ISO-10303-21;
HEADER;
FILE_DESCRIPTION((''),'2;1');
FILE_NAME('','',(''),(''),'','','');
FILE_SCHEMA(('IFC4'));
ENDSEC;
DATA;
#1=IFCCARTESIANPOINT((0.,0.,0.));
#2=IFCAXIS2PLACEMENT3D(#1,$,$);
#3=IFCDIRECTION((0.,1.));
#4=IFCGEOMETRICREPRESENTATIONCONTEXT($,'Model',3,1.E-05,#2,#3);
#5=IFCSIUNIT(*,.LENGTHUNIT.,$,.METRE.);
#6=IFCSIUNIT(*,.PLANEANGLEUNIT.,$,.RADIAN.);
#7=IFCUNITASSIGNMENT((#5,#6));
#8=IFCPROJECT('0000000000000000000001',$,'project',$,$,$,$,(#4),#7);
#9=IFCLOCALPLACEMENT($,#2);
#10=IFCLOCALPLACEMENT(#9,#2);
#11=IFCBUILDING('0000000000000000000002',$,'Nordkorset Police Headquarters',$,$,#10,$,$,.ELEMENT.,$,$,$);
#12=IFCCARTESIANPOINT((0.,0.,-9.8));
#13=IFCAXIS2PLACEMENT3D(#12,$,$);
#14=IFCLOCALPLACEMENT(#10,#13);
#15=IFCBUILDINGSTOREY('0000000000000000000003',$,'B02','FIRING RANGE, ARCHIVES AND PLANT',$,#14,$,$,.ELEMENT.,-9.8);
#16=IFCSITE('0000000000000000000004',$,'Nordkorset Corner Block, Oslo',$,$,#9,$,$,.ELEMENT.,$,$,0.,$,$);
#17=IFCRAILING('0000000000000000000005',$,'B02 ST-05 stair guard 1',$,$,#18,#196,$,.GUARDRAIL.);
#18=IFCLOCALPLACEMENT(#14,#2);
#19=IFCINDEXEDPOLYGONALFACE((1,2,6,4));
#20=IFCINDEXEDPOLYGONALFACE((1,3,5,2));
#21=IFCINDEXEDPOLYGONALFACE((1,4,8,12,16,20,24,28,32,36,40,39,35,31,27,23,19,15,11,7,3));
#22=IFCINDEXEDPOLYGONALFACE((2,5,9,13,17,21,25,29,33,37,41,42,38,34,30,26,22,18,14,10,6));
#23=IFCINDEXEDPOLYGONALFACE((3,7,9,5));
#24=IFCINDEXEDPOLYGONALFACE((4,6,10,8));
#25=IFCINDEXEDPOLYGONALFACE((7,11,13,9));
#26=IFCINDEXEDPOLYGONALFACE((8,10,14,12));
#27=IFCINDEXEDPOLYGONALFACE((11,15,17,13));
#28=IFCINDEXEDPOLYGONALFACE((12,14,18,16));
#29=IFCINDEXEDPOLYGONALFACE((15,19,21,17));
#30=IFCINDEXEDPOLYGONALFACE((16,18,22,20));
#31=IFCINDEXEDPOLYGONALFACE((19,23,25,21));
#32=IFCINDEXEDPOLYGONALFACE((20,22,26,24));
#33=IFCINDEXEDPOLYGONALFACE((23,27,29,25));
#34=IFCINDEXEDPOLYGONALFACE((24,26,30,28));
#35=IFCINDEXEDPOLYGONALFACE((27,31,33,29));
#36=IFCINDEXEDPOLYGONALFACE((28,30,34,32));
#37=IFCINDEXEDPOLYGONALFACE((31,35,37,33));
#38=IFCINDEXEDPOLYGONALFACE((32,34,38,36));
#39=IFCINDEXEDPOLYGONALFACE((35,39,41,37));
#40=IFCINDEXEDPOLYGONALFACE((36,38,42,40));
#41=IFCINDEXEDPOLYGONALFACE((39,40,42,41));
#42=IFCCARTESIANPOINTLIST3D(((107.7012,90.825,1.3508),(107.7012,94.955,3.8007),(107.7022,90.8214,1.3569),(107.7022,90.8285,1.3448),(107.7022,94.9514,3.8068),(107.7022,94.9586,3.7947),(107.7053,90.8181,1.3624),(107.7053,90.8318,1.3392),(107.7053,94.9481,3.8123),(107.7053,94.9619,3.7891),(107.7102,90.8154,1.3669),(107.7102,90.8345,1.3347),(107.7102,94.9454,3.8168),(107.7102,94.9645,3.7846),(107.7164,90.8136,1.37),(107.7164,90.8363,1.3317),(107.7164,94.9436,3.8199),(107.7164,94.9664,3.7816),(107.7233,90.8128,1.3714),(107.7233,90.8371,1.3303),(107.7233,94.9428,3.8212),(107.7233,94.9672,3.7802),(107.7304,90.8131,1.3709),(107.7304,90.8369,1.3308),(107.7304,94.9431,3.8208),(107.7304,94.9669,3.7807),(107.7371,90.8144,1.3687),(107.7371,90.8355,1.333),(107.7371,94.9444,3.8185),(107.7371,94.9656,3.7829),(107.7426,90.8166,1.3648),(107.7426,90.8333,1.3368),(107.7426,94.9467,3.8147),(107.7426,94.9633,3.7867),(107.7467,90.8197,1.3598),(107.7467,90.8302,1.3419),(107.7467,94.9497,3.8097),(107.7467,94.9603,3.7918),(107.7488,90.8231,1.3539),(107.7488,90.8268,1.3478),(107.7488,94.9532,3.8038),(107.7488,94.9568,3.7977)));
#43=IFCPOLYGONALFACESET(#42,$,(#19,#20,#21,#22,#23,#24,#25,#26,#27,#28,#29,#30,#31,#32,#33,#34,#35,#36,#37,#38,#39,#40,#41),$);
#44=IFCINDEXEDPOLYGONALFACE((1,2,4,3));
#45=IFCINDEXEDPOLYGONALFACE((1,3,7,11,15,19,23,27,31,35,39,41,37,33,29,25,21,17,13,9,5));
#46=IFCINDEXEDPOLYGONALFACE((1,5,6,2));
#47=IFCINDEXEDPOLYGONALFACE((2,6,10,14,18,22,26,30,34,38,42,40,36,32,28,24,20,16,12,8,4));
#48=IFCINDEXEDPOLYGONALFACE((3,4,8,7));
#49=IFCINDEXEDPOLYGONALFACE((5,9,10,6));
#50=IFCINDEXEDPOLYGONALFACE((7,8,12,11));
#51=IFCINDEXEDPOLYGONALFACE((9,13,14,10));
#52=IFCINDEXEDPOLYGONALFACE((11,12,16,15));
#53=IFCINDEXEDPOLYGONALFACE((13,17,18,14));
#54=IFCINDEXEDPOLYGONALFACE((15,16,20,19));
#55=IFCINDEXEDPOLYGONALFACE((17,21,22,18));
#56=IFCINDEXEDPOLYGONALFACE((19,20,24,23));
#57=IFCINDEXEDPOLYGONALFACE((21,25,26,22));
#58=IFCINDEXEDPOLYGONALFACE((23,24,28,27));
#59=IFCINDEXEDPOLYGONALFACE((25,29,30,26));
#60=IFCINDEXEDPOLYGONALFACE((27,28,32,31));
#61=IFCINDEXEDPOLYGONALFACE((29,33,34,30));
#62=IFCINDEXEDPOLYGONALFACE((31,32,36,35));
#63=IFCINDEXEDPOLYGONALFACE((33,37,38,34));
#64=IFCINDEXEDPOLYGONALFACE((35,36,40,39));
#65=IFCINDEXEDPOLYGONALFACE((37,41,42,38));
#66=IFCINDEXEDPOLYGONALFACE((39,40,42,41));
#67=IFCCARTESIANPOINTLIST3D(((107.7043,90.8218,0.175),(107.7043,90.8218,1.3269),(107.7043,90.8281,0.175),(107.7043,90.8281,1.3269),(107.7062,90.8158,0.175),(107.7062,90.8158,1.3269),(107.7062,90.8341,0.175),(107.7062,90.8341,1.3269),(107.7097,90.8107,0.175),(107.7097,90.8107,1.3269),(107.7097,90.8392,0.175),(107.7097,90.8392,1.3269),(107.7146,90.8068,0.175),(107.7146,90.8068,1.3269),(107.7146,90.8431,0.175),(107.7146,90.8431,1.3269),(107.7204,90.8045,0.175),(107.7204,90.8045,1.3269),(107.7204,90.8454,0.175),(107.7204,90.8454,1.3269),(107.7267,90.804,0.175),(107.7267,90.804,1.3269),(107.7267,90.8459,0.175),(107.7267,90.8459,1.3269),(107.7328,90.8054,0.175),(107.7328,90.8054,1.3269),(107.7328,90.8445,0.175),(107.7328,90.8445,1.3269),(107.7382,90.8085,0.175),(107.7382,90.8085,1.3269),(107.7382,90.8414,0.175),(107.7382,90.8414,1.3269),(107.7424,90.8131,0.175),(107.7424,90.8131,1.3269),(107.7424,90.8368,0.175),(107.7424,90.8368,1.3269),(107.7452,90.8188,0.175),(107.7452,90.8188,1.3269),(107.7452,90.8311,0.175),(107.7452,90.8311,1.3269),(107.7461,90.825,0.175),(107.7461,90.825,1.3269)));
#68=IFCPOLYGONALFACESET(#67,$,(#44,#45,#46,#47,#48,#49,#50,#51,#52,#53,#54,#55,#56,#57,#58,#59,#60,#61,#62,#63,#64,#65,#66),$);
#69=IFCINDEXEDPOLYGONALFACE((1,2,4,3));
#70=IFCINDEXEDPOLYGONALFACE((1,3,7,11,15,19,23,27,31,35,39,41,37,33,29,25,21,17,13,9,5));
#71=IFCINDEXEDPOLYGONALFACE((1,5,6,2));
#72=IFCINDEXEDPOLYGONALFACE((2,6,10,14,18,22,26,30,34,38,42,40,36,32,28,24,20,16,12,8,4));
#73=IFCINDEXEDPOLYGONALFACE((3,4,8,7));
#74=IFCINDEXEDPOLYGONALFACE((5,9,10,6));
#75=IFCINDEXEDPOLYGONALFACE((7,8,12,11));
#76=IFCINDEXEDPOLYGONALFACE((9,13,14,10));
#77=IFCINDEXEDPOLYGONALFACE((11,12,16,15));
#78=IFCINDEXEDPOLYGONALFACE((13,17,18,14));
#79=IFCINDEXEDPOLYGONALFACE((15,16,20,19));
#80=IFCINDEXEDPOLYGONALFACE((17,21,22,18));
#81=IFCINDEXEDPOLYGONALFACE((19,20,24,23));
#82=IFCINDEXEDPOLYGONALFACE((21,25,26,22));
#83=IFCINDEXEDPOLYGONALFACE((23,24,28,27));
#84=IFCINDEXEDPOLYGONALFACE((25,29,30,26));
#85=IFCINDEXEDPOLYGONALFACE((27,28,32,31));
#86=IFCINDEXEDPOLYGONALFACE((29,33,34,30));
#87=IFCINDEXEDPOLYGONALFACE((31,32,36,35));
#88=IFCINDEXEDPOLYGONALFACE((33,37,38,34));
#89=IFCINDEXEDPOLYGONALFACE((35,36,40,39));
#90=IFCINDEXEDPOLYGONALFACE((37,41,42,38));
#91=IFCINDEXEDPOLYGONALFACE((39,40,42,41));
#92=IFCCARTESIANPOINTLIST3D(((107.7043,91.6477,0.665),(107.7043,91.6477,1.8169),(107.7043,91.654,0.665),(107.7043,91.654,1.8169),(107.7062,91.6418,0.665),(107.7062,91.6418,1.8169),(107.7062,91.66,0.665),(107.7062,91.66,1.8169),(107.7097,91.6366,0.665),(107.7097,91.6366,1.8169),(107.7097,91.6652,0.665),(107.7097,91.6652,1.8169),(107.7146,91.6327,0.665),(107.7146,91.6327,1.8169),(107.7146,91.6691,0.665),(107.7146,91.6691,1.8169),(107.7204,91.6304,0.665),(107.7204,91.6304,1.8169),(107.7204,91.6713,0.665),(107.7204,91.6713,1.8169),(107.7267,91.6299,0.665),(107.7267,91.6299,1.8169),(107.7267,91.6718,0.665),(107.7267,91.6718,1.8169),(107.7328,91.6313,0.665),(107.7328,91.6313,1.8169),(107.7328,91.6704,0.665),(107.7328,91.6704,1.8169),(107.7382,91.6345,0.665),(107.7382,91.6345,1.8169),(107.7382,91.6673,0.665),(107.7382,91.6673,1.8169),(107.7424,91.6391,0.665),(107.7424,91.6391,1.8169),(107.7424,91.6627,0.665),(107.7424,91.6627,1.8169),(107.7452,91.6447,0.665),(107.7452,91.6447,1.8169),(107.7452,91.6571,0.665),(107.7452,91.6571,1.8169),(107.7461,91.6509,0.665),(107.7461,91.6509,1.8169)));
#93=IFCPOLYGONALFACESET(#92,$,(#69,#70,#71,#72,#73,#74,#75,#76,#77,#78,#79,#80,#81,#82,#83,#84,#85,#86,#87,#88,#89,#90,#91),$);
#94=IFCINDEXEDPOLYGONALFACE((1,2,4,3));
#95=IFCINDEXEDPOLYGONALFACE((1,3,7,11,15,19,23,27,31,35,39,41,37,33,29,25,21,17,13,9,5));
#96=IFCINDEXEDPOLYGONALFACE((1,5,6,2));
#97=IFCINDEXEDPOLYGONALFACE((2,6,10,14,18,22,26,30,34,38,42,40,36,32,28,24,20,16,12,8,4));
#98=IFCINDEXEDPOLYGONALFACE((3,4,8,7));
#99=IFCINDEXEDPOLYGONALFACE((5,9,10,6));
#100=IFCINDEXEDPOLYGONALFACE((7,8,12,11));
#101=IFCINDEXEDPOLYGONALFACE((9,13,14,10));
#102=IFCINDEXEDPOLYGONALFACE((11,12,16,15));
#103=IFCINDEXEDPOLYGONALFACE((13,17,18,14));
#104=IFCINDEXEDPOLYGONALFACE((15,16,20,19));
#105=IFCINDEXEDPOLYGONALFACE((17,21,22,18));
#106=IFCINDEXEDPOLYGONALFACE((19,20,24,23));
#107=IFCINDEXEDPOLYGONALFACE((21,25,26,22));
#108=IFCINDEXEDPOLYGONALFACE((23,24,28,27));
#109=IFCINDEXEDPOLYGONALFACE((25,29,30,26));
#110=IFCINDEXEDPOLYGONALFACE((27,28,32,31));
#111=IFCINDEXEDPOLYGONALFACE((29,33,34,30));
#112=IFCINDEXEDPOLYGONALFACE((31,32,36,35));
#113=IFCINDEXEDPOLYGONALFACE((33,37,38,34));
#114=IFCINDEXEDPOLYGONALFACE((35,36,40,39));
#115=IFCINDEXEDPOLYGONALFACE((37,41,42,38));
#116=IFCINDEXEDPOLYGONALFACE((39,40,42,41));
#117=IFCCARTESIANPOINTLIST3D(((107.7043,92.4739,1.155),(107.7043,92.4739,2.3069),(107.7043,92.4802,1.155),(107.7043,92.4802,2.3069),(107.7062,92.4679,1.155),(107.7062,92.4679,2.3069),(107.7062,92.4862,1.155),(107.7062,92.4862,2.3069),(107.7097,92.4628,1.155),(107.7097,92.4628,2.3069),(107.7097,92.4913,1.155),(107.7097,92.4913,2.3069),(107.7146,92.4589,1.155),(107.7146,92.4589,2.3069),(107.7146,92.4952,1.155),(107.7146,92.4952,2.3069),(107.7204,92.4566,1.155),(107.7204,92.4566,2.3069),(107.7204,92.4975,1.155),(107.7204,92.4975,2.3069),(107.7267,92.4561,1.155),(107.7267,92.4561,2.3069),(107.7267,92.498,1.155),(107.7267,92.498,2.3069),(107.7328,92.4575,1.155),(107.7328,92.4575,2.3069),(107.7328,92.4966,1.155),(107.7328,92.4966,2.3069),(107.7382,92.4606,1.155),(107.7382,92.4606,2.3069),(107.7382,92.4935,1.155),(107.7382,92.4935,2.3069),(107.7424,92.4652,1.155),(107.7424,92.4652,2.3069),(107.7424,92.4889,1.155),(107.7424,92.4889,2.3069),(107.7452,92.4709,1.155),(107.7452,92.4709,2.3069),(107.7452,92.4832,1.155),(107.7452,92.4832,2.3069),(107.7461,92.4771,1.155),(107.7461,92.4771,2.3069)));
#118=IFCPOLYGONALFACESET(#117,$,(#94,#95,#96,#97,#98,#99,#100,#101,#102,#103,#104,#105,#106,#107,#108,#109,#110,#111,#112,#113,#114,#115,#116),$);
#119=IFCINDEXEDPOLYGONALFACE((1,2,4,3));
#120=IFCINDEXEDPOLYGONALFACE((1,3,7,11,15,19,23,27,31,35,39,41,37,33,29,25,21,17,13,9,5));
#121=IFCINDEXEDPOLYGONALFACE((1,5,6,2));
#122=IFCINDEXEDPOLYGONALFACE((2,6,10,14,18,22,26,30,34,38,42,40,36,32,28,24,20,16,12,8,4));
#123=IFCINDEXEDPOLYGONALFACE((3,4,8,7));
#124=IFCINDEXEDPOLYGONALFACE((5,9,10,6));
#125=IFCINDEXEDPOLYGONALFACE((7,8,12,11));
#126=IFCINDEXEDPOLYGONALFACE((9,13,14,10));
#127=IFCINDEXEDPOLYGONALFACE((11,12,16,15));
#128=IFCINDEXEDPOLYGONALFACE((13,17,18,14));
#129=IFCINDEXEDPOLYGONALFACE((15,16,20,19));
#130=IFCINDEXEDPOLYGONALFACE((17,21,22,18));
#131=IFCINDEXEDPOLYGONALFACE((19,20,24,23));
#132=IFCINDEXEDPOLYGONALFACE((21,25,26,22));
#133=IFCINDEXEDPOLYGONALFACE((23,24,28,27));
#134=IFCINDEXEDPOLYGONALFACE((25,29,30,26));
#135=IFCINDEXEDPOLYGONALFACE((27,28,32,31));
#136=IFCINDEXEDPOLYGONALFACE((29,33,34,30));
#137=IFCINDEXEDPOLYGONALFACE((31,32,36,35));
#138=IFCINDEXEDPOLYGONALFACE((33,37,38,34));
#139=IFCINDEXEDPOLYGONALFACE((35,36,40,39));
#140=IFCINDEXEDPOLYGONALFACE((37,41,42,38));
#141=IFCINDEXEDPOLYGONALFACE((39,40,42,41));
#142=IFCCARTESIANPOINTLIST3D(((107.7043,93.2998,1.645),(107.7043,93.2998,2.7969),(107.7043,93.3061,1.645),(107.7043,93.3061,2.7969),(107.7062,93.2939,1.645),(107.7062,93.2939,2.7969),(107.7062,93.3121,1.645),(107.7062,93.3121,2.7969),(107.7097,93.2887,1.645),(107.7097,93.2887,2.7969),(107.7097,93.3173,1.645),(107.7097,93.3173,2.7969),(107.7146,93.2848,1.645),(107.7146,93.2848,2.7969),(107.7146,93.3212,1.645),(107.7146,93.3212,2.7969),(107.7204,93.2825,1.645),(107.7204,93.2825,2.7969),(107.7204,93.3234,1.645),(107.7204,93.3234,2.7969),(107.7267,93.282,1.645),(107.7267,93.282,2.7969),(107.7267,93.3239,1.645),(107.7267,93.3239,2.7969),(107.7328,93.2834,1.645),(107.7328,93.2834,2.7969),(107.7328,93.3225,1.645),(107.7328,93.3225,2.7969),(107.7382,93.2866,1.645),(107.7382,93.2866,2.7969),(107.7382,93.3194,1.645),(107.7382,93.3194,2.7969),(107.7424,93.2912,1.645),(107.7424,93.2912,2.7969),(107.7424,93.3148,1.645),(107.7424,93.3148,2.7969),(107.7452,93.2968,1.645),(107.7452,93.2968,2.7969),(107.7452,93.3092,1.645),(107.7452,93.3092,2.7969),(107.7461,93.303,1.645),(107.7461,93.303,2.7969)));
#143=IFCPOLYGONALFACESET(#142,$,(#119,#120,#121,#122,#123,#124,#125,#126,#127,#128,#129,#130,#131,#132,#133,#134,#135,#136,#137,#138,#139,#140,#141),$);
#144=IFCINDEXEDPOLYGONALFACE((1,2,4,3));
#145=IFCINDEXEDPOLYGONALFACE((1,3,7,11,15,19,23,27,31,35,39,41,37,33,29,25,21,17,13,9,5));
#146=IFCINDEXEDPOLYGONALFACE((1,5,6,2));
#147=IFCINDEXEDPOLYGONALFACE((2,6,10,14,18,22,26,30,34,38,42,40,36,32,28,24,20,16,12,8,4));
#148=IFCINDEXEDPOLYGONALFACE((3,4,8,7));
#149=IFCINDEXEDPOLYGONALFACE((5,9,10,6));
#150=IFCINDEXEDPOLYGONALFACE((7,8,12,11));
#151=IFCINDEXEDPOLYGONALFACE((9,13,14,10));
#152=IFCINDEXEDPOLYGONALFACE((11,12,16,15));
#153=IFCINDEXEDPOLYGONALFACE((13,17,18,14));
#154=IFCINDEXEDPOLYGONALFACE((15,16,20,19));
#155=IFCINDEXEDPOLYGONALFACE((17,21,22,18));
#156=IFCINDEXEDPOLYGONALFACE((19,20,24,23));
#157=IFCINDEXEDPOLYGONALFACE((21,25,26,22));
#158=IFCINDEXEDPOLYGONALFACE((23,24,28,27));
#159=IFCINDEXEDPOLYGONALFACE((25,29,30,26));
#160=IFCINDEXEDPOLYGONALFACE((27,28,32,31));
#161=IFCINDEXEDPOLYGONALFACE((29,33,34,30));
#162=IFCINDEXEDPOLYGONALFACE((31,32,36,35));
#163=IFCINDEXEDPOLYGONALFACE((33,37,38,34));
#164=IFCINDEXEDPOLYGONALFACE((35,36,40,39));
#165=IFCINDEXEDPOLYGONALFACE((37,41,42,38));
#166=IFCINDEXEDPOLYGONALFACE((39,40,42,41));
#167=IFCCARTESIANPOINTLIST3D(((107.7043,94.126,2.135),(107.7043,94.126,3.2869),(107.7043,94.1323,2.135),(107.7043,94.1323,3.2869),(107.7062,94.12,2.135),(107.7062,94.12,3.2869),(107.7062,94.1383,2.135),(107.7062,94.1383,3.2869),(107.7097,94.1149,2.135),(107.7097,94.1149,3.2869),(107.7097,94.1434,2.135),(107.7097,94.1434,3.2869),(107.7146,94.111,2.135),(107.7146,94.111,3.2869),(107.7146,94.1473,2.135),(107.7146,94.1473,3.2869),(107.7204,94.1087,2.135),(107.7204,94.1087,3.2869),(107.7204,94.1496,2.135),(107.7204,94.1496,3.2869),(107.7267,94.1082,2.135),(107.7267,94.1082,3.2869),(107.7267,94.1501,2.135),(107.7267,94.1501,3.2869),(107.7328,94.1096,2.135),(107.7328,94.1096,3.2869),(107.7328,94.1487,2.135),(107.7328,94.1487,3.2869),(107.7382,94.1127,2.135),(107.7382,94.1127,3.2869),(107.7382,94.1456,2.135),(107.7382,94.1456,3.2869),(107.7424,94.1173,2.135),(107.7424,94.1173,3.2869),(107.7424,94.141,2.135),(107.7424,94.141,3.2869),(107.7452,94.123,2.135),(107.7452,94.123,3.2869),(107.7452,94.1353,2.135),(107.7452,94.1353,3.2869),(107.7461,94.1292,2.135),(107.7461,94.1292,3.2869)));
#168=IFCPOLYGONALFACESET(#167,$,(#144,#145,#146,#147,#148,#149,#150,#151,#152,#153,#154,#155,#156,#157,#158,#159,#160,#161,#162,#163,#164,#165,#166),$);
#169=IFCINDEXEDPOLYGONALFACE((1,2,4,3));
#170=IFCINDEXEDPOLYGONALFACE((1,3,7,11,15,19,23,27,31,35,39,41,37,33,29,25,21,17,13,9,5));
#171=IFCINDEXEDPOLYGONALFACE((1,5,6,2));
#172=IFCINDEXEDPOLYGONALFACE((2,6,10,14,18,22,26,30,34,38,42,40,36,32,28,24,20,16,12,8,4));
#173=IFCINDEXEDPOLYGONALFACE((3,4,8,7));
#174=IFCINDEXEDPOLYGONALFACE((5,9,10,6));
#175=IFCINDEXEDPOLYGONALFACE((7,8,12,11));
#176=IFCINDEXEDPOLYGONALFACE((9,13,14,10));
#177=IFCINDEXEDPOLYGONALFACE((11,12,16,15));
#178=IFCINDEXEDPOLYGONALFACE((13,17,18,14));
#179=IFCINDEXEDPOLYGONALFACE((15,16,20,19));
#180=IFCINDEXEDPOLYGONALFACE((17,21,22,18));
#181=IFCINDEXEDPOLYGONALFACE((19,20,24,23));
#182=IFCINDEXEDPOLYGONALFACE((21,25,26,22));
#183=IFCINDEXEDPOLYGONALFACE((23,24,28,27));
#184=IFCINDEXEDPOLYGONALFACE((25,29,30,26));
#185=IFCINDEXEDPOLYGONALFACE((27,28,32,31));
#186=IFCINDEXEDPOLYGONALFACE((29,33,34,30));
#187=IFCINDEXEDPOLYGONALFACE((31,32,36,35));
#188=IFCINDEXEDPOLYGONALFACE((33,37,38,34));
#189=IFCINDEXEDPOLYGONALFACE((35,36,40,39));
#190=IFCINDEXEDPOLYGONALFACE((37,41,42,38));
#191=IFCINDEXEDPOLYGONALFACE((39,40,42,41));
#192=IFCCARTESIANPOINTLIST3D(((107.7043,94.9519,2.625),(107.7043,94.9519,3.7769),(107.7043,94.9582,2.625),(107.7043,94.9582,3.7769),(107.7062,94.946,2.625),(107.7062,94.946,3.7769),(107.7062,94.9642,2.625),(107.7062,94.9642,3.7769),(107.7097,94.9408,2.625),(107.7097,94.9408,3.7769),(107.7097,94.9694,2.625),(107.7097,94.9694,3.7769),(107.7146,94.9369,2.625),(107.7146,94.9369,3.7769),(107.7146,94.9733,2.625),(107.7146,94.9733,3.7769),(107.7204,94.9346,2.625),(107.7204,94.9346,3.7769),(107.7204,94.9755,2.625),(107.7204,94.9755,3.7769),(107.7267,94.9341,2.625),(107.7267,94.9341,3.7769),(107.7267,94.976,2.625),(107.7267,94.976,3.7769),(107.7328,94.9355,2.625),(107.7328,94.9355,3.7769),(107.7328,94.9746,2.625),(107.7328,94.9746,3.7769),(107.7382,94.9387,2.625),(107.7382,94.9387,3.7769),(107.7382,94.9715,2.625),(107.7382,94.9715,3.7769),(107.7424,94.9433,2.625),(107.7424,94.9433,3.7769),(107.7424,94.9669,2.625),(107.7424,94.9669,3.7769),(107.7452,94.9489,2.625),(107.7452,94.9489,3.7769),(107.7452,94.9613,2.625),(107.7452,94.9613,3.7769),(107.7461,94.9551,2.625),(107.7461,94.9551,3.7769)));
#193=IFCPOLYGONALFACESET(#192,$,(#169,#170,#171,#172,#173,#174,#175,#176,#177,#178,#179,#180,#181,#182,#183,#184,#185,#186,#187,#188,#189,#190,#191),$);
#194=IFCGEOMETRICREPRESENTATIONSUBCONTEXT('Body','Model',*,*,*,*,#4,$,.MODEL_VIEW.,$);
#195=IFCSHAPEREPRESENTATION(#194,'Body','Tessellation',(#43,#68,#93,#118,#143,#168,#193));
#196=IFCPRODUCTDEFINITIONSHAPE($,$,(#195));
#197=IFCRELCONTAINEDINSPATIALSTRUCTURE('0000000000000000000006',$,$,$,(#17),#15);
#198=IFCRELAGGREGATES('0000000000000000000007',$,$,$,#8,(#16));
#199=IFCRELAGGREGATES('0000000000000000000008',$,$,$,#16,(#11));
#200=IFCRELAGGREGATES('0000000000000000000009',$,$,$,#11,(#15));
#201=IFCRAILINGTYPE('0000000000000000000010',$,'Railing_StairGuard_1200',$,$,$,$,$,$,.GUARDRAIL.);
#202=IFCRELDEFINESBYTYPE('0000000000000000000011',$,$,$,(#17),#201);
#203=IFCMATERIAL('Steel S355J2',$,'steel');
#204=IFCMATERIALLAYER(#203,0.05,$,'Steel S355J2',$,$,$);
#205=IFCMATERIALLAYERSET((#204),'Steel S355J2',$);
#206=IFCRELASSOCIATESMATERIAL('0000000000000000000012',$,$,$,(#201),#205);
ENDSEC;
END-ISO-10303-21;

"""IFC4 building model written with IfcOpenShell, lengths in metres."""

from ifc_helpers import new_model, si_unit, direction, frame, origin, origin_2d, place, context, subcontext, project, spatial, circle, extrude, material, layer, layer_set, type_object, element, save


model = new_model("IFC4")

# Units and contexts
model_context = context("Model", 3, precision=1e-05, world=origin(), true_north=direction((0.0, 1.0)))
body_context = subcontext(model_context, "Body", "Model", "MODEL_VIEW")
ifc_project = project(units=[si_unit("LENGTHUNIT", "METRE"), si_unit("PLANEANGLEUNIT", "RADIAN")], contexts=[model_context])

# Site, building, storey
site_placement = place(None, origin())
site = spatial("IfcSite", under=ifc_project, at=site_placement, Name="Nordkorset Corner Block, Oslo", CompositionType="ELEMENT", RefElevation=0.0)
building_placement = place(site_placement, origin())
building = spatial("IfcBuilding", under=site, at=building_placement, Name="Nordkorset Police Headquarters", CompositionType="ELEMENT")
storey_placement = place(building_placement, frame((0.0, 0.0, -9.8)))
storey = spatial("IfcBuildingStorey", under=building, at=storey_placement, Name="B02", Description="FIRING RANGE, ARCHIVES AND PLANT", CompositionType="ELEMENT", Elevation=-9.8)

# Railing
ifc_material_1 = material(Name="Steel S355J2", Category="steel")
ifc_layer_1 = layer(ifc_material_1, 0.05, Name="Steel S355J2")
ifc_layer_set_1 = layer_set([ifc_layer_1], Name="Steel S355J2")
railing_type = type_object("IfcRailingType", Name="Railing_StairGuard_1200", PredefinedType="GUARDRAIL", material=ifc_layer_set_1)
railing_1_placement = place(storey_placement, frame((107.7251, 90.825, 0.175)))
element("IfcRailing", 1, at=railing_1_placement, inside=storey, type_object=railing_type, Name="B02 ST-05 stair guard 1", PredefinedType="GUARDRAIL", context=body_context, shape_type="SweptSolid", body=[
    extrude(circle(Radius=0.0239, at=origin_2d()), frame((0.0, 0.0, 1.1758), z_axis=(0.0, 0.860066, 0.510183), x_axis=(-1.0, 0.0, 0.0)), (0.0, 0.0, 1.0), 4.802),
    extrude(circle(Radius=0.021, at=origin_2d()), origin(), (0.0, 0.0, 1.0), 1.1519),
    extrude(circle(Radius=0.021, at=origin_2d()), frame((0.0, 0.8259, 0.49)), (0.0, 0.0, 1.0), 1.1519),
    extrude(circle(Radius=0.021, at=origin_2d()), frame((0.0, 1.6521, 0.98)), (0.0, 0.0, 1.0), 1.1519),
    extrude(circle(Radius=0.021, at=origin_2d()), frame((0.0, 2.478, 1.47)), (0.0, 0.0, 1.0), 1.1519),
    extrude(circle(Radius=0.021, at=origin_2d()), frame((0.0, 3.3042, 1.96)), (0.0, 0.0, 1.0), 1.1519),
    extrude(circle(Radius=0.021, at=origin_2d()), frame((0.0, 4.1301, 2.45)), (0.0, 0.0, 1.0), 1.1519),
])

save(model, "model.ifc")
